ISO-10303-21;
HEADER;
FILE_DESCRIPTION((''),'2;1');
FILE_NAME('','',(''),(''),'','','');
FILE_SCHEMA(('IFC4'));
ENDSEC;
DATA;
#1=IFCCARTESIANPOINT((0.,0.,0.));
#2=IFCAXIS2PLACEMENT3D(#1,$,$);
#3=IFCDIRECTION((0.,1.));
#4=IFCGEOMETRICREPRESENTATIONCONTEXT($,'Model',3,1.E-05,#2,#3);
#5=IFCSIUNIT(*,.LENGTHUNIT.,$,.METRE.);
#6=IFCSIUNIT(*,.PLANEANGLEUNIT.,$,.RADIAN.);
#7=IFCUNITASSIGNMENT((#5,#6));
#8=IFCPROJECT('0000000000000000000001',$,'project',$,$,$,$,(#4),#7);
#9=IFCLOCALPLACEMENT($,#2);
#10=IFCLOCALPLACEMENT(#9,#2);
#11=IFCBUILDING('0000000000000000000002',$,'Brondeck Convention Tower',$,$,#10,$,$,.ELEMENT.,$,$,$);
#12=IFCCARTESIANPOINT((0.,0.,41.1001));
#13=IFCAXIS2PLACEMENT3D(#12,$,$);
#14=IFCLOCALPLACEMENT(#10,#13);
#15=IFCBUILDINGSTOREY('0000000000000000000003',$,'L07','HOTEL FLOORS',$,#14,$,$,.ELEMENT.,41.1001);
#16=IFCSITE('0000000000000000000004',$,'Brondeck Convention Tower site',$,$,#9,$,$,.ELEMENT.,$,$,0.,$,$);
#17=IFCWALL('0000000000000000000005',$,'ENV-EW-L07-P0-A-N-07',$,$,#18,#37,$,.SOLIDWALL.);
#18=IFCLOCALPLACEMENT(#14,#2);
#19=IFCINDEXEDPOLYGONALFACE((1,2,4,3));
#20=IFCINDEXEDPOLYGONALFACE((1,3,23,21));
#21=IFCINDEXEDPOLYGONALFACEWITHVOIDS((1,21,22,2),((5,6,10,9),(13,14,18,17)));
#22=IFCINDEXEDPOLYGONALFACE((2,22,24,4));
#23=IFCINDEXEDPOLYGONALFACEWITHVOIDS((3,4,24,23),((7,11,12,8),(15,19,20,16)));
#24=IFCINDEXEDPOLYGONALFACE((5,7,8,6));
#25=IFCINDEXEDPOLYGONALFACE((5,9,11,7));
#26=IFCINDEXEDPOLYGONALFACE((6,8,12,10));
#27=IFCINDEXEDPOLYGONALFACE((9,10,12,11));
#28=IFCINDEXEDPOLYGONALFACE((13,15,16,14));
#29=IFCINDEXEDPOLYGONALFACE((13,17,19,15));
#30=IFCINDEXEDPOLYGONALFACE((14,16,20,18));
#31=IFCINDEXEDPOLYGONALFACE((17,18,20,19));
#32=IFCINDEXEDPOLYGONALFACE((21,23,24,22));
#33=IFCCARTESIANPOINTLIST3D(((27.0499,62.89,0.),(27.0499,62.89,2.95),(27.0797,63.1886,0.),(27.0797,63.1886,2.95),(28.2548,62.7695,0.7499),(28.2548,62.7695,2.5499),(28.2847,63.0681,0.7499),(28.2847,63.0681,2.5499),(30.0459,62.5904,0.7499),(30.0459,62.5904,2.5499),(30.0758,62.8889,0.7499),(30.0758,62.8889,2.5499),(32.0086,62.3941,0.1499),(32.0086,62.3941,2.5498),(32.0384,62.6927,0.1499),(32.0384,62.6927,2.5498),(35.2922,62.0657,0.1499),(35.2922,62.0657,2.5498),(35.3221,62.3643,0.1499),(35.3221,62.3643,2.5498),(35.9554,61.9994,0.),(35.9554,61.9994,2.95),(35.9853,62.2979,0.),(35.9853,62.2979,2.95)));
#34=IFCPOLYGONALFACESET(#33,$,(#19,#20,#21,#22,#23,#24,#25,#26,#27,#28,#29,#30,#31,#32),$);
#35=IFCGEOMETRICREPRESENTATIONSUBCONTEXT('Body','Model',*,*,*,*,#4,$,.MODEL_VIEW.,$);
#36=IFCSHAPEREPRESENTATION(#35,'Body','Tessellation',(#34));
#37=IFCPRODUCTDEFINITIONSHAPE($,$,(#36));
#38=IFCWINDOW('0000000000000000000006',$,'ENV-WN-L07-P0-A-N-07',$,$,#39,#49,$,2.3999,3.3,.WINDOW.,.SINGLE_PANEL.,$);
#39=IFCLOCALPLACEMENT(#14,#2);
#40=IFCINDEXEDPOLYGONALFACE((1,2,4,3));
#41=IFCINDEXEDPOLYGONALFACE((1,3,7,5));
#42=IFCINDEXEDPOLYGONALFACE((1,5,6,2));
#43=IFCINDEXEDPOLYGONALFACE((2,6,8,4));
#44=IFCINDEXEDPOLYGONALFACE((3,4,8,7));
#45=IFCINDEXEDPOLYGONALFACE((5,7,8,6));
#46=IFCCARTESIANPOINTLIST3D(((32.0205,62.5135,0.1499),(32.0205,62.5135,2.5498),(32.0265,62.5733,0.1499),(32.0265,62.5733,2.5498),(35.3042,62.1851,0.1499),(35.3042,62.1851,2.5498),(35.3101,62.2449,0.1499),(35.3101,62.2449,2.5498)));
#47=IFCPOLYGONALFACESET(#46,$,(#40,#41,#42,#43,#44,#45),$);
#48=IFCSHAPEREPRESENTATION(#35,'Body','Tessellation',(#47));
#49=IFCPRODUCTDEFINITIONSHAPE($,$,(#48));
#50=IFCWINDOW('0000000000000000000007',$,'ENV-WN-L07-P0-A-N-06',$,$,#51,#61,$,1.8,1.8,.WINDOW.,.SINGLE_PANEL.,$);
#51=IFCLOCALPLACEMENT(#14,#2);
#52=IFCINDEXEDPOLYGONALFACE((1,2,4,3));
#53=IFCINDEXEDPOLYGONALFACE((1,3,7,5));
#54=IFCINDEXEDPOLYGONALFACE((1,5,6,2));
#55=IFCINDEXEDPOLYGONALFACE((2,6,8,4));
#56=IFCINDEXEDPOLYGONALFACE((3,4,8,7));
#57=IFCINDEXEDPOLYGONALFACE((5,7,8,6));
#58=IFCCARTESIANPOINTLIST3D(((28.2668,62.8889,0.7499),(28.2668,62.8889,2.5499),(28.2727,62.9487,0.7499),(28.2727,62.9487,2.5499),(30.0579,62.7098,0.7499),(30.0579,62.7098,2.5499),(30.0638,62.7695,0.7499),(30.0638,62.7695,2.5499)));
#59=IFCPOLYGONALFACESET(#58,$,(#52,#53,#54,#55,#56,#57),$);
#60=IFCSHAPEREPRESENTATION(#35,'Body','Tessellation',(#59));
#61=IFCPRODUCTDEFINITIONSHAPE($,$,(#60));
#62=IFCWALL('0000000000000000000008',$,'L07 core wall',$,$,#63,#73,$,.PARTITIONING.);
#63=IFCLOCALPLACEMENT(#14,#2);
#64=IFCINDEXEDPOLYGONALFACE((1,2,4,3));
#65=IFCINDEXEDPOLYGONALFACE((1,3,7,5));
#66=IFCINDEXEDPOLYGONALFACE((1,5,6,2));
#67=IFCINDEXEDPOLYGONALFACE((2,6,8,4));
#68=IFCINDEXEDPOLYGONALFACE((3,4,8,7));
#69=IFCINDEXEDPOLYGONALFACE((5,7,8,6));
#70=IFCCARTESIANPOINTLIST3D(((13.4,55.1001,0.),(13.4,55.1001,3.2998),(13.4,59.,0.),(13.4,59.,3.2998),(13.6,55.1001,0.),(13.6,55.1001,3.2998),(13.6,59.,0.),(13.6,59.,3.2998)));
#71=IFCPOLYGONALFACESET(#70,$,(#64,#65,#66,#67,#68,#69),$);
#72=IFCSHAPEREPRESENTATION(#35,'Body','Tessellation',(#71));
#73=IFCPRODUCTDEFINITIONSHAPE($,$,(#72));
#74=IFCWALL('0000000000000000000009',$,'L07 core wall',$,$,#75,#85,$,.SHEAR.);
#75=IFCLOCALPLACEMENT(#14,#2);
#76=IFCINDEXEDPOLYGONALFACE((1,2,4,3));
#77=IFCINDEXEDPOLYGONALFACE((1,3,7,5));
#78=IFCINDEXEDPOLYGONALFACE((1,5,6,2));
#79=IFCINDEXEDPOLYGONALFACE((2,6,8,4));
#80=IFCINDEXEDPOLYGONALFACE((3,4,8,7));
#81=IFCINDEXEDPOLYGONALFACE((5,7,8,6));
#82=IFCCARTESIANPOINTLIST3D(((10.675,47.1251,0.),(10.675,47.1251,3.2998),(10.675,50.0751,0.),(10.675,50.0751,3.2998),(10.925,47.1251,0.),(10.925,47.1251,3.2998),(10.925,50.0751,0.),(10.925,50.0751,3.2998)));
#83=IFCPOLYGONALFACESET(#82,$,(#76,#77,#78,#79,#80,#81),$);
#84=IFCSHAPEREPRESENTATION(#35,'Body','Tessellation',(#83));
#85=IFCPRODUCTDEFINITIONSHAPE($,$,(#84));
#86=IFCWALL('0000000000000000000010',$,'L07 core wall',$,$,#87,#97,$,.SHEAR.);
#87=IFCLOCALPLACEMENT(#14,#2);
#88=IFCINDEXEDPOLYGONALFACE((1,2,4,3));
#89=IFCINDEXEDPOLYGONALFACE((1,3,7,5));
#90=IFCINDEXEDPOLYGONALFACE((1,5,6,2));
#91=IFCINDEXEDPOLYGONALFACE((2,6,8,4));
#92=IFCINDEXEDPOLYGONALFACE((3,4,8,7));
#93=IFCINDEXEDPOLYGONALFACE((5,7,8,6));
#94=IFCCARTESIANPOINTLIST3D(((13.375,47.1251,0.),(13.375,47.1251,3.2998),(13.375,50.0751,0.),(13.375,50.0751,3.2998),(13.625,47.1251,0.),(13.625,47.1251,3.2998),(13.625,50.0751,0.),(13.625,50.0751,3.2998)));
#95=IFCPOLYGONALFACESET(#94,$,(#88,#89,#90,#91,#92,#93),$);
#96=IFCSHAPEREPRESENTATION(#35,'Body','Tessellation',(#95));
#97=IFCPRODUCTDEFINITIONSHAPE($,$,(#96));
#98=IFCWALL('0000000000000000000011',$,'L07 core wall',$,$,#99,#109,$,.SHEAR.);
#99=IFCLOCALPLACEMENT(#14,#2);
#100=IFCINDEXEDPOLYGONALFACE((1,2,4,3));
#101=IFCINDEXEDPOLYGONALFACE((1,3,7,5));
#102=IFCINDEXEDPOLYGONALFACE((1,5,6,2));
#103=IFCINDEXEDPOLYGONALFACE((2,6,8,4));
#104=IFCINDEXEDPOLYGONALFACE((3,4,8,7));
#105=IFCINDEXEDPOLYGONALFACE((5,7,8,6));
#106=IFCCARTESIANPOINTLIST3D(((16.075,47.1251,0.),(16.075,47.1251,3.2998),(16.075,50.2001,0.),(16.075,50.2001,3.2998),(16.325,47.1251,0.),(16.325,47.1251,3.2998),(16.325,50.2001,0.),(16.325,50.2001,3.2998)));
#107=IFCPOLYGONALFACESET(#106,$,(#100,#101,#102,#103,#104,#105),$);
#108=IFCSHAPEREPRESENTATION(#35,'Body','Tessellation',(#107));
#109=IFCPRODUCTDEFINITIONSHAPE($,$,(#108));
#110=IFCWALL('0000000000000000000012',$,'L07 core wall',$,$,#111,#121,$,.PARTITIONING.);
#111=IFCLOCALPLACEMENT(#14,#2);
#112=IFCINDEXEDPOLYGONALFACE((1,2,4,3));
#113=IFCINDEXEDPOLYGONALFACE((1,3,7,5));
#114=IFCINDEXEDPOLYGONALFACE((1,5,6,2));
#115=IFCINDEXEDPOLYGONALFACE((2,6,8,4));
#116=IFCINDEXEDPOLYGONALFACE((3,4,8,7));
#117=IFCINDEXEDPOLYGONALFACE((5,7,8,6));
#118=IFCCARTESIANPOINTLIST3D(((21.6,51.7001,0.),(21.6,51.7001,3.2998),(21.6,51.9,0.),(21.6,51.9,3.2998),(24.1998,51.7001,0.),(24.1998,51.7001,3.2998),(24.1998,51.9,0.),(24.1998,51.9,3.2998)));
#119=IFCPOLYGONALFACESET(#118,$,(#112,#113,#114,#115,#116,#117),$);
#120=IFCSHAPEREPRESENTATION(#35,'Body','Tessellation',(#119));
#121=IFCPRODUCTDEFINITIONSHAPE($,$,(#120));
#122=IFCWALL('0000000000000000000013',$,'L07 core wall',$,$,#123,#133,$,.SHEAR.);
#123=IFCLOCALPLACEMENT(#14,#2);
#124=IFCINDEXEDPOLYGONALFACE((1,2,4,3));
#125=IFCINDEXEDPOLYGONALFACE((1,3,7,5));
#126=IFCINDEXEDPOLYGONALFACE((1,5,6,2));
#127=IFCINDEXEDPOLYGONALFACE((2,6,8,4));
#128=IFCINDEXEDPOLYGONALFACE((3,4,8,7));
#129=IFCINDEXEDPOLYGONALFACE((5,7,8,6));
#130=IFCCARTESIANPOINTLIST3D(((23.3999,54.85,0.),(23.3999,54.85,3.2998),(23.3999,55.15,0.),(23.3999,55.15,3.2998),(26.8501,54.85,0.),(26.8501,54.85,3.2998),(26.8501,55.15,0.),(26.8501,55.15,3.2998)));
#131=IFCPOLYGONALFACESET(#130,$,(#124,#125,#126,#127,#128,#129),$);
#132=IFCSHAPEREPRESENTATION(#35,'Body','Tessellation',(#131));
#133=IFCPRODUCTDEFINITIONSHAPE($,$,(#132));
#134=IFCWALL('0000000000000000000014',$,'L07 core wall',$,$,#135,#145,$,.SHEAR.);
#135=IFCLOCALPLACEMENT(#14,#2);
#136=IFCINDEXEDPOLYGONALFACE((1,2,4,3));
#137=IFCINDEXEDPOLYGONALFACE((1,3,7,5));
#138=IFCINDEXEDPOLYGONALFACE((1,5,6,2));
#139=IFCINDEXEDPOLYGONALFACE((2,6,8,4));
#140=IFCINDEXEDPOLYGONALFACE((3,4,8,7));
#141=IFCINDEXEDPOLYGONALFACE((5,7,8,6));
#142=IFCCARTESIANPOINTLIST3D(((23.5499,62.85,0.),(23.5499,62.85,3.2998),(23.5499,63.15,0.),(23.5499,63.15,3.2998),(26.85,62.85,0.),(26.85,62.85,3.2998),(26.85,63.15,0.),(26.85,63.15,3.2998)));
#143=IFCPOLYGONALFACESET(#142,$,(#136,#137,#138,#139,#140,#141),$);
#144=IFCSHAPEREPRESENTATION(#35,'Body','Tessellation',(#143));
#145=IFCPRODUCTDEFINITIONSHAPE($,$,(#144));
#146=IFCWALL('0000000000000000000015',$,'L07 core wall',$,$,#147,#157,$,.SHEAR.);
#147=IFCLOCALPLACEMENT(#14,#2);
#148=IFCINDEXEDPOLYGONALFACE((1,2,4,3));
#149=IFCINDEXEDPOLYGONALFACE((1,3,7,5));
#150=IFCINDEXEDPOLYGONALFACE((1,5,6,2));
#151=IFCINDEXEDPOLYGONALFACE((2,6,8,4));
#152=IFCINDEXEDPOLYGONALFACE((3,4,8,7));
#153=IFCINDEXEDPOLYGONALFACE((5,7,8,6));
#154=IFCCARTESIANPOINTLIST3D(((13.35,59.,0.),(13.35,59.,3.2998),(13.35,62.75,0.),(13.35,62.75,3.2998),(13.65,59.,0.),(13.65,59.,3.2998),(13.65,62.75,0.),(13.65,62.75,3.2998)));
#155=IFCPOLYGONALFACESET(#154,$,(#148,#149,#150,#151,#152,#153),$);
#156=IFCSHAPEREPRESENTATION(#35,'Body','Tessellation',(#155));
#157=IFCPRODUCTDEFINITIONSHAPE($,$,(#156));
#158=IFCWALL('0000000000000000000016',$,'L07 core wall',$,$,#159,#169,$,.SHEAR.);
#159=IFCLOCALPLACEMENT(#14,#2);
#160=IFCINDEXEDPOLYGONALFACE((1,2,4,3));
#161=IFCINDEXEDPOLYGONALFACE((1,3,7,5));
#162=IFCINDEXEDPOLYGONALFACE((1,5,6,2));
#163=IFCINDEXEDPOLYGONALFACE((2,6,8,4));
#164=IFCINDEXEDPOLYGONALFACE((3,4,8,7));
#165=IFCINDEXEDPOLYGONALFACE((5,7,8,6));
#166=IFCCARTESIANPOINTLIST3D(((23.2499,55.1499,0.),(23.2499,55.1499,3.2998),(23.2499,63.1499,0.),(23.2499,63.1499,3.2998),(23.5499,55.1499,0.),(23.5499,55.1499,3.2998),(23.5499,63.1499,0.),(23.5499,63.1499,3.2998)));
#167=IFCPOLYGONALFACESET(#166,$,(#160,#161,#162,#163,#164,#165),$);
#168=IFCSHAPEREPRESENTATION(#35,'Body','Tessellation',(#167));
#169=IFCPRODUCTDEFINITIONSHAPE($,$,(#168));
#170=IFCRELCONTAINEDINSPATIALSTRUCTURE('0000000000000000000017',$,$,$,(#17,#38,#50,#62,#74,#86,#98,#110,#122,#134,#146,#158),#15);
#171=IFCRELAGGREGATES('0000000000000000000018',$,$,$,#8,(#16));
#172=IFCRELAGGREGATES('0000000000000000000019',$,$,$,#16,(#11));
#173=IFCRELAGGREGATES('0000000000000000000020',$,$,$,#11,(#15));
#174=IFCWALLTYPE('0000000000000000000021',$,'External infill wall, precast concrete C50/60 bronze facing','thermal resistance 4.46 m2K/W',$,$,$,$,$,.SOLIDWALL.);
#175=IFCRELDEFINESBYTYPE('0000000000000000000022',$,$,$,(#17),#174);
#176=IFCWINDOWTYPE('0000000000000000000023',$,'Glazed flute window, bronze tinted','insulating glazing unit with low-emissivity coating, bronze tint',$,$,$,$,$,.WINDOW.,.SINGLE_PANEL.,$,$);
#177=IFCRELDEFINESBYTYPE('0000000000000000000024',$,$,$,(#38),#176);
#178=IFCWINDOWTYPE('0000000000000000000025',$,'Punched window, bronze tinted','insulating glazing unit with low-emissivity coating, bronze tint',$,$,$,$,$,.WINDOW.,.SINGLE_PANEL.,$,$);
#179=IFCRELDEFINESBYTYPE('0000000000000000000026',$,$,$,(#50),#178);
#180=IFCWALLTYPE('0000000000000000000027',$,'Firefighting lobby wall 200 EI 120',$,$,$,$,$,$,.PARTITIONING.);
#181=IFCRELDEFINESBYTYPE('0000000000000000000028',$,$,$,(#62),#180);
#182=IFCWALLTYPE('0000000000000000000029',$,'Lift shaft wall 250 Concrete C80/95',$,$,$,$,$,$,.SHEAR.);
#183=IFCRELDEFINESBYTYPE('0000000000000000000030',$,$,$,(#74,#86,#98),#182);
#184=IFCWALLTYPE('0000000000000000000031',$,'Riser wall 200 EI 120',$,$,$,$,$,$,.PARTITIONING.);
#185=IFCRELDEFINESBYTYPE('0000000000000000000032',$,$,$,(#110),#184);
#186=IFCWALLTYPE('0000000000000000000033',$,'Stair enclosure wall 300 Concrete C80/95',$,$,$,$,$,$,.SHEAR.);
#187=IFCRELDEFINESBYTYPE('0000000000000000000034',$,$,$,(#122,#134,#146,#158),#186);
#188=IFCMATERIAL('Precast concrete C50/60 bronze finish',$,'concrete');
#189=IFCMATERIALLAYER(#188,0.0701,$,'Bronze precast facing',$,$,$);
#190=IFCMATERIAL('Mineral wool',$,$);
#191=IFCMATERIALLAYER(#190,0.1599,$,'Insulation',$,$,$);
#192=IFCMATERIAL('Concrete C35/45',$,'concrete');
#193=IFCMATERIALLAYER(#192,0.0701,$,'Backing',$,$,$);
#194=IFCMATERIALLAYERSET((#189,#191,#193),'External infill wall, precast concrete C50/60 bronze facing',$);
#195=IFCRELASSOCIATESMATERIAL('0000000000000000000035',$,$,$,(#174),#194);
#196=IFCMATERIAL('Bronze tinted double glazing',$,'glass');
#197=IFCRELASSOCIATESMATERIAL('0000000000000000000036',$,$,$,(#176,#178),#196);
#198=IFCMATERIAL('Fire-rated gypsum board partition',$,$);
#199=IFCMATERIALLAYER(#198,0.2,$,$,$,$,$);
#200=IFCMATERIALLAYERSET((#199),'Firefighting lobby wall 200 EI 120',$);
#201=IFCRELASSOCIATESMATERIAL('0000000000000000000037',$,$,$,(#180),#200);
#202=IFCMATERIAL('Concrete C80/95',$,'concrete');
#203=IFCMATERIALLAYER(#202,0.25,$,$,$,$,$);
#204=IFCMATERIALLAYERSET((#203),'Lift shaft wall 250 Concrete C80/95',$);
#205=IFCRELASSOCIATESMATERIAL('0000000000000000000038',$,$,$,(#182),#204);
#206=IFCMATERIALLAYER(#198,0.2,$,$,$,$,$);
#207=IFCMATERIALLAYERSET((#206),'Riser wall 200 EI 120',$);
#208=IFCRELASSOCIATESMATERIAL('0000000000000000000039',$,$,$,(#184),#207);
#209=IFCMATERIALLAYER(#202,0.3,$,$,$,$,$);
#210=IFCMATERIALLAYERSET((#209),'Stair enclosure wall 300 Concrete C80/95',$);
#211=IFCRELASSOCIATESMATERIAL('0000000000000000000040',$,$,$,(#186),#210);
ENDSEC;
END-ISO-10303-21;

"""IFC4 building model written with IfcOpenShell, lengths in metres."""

from ifc_helpers import new_model, si_unit, direction, frame, frame_2d, origin, place, context, subcontext, project, spatial, rectangle, extrude, material, layer, layer_set, type_object, element, fill, save


model = new_model("IFC4")

# Units and contexts
model_context = context("Model", 3, precision=1e-05, world=origin(), true_north=direction((0.0, 1.0)))
body_context = subcontext(model_context, "Body", "Model", "MODEL_VIEW")
ifc_project = project(units=[si_unit("LENGTHUNIT", "METRE"), si_unit("PLANEANGLEUNIT", "RADIAN")], contexts=[model_context])

# Site, building, storey
site_placement = place(None, origin())
site = spatial("IfcSite", under=ifc_project, at=site_placement, Name="Brondeck Convention Tower site", CompositionType="ELEMENT", RefElevation=0.0)
building_placement = place(site_placement, origin())
building = spatial("IfcBuilding", under=site, at=building_placement, Name="Brondeck Convention Tower", CompositionType="ELEMENT")
storey_placement = place(building_placement, frame((0.0, 0.0, 41.1001)))
storey = spatial("IfcBuildingStorey", under=building, at=storey_placement, Name="L07", Description="HOTEL FLOORS", CompositionType="ELEMENT", Elevation=41.1001)

# Shared definitions
ifc_material_1 = material(Name="Concrete C80/95", Category="concrete")

# Shared definitions
ifc_material_2 = material(Name="Fire-rated gypsum board partition")

# Wall, openings, windows
ifc_material_3 = material(Name="Precast concrete C50/60 bronze finish", Category="concrete")
ifc_layer_1 = layer(ifc_material_3, 0.0701, Name="Bronze precast facing")
ifc_material_4 = material(Name="Mineral wool")
ifc_layer_2 = layer(ifc_material_4, 0.1599, Name="Insulation")
ifc_material_5 = material(Name="Concrete C35/45", Category="concrete")
ifc_layer_3 = layer(ifc_material_5, 0.0701, Name="Backing")
ifc_layer_set_1 = layer_set([ifc_layer_1, ifc_layer_2, ifc_layer_3], Name="External infill wall, precast concrete C50/60 bronze facing")
wall_type_1 = type_object("IfcWallType", Name="External infill wall, precast concrete C50/60 bronze facing", Description="thermal resistance 4.46 m2K/W", PredefinedType="SOLIDWALL", material=ifc_layer_set_1)
wall_1_placement = place(storey_placement, frame((27.0647, 63.0393, 0.0), z_axis=(0.0, 0.0, 1.0), x_axis=(0.995036, -0.099512, 0.0)))
wall_1 = element("IfcWall", 1, at=wall_1_placement, inside=storey, type_object=wall_type_1, Name="ENV-EW-L07-P0-A-N-07", PredefinedType="SOLIDWALL", context=body_context, shape_type="SweptSolid", body=[
    extrude(rectangle(XDim=8.95, YDim=0.3, at=frame_2d((4.4751, 0.0))), origin(), (0.0, 0.0, 1.0), 2.95),
])
opening_1_placement = place(wall_1_placement, frame((1.2112, 0.0, 0.75)))
opening_1 = element("IfcOpeningElement", 2, at=opening_1_placement, cuts=wall_1, PredefinedType="OPENING", context=body_context, shape_type="SweptSolid", body=[
    extrude(rectangle(XDim=1.8, YDim=1.8, at=frame_2d((0.8999, 0.8999))), frame((0.0, 0.1599, 0.0), z_axis=(0.0, -1.0, 0.0), x_axis=(1.0, 0.0, 0.0)), (0.0, 0.0, 1.0), 0.3201),
])
opening_2_placement = place(wall_1_placement, frame((4.9836, 0.0, 0.1499)))
opening_2 = element("IfcOpeningElement", 3, at=opening_2_placement, cuts=wall_1, PredefinedType="OPENING", context=body_context, shape_type="SweptSolid", body=[
    extrude(rectangle(XDim=3.3, YDim=2.3999, at=frame_2d((1.6499, 1.2))), frame((0.0, 0.1599, 0.0), z_axis=(0.0, -1.0, 0.0), x_axis=(1.0, 0.0, 0.0)), (0.0, 0.0, 1.0), 0.3201),
])
ifc_material_6 = material(Name="Bronze tinted double glazing", Category="glass")
window_type_1 = type_object("IfcWindowType", Name="Glazed flute window, bronze tinted", Description="insulating glazing unit with low-emissivity coating, bronze tint", PartitioningType="SINGLE_PANEL", PredefinedType="WINDOW", material=ifc_material_6)
window_1_placement = place(opening_2_placement, origin())
window_1 = element("IfcWindow", 4, at=window_1_placement, inside=storey, type_object=window_type_1, Name="ENV-WN-L07-P0-A-N-07", OverallHeight=2.3999, OverallWidth=3.3, PartitioningType="SINGLE_PANEL", PredefinedType="WINDOW", context=body_context, shape_type="SweptSolid", body=[
    extrude(rectangle(XDim=3.3, YDim=2.3999, at=frame_2d((1.6499, 1.2))), frame((0.0, 0.03, 0.0), z_axis=(0.0, -1.0, 0.0), x_axis=(1.0, 0.0, 0.0)), (0.0, 0.0, 1.0), 0.0601),
])
fill(opening_2, window_1)
window_type_2 = type_object("IfcWindowType", Name="Punched window, bronze tinted", Description="insulating glazing unit with low-emissivity coating, bronze tint", PartitioningType="SINGLE_PANEL", PredefinedType="WINDOW", material=ifc_material_6)
window_2_placement = place(opening_1_placement, origin())
window_2 = element("IfcWindow", 5, at=window_2_placement, inside=storey, type_object=window_type_2, Name="ENV-WN-L07-P0-A-N-06", OverallHeight=1.8, OverallWidth=1.8, PartitioningType="SINGLE_PANEL", PredefinedType="WINDOW", context=body_context, shape_type="SweptSolid", body=[
    extrude(rectangle(XDim=1.8, YDim=1.8, at=frame_2d((0.8999, 0.8999))), frame((0.0, 0.03, 0.0), z_axis=(0.0, -1.0, 0.0), x_axis=(1.0, 0.0, 0.0)), (0.0, 0.0, 1.0), 0.0601),
])
fill(opening_1, window_2)

# Walls
ifc_layer_4 = layer(ifc_material_2, 0.2)
ifc_layer_set_2 = layer_set([ifc_layer_4], Name="Firefighting lobby wall 200 EI 120")
wall_type_2 = type_object("IfcWallType", Name="Firefighting lobby wall 200 EI 120", PredefinedType="PARTITIONING", material=ifc_layer_set_2)
wall_2_placement = place(storey_placement, frame((13.5, 55.1001, 0.0), z_axis=(0.0, 0.0, 1.0), x_axis=(0.0, 1.0, 0.0)))
element("IfcWall", 6, at=wall_2_placement, inside=storey, type_object=wall_type_2, Name="L07 core wall", PredefinedType="PARTITIONING", context=body_context, shape_type="SweptSolid", body=[
    extrude(rectangle(XDim=3.8999, YDim=0.2, at=frame_2d((1.95, 0.0))), origin(), (0.0, 0.0, 1.0), 3.2998),
])
ifc_layer_5 = layer(ifc_material_1, 0.25)
ifc_layer_set_3 = layer_set([ifc_layer_5], Name="Lift shaft wall 250 Concrete C80/95")
wall_type_3 = type_object("IfcWallType", Name="Lift shaft wall 250 Concrete C80/95", PredefinedType="SHEAR", material=ifc_layer_set_3)
for number, where, z_axis, x_axis, name in (
    (7, (10.8, 47.125, 0.0), (0.0, 0.0, 1.0), (0.0, 1.0, 0.0), "L07 core wall"),
    (8, (13.5, 47.125, 0.0), (0.0, 0.0, 1.0), (0.0, 1.0, 0.0), "L07 core wall"),
):
    element("IfcWall", number, at=place(storey_placement, frame(where, z_axis=z_axis, x_axis=x_axis)), inside=storey, type_object=wall_type_3, Name=name, PredefinedType="SHEAR", context=body_context, shape_type="SweptSolid", body=[
        extrude(rectangle(XDim=2.95, YDim=0.25, at=frame_2d((1.4751, 0.0))), origin(), (0.0, 0.0, 1.0), 3.2998),
    ])
wall_3_placement = place(storey_placement, frame((16.2, 47.125, 0.0), z_axis=(0.0, 0.0, 1.0), x_axis=(0.0, 1.0, 0.0)))
element("IfcWall", 9, at=wall_3_placement, inside=storey, type_object=wall_type_3, Name="L07 core wall", PredefinedType="SHEAR", context=body_context, shape_type="SweptSolid", body=[
    extrude(rectangle(XDim=3.075, YDim=0.25, at=frame_2d((1.5376, 0.0))), origin(), (0.0, 0.0, 1.0), 3.2998),
])
ifc_layer_6 = layer(ifc_material_2, 0.2)
ifc_layer_set_4 = layer_set([ifc_layer_6], Name="Riser wall 200 EI 120")
wall_type_4 = type_object("IfcWallType", Name="Riser wall 200 EI 120", PredefinedType="PARTITIONING", material=ifc_layer_set_4)
wall_4_placement = place(storey_placement, frame((21.6001, 51.8, 0.0), z_axis=(0.0, 0.0, 1.0), x_axis=(1.0, 0.0, 0.0)))
element("IfcWall", 10, at=wall_4_placement, inside=storey, type_object=wall_type_4, Name="L07 core wall", PredefinedType="PARTITIONING", context=body_context, shape_type="SweptSolid", body=[
    extrude(rectangle(XDim=2.5999, YDim=0.2, at=frame_2d((1.2998, 0.0))), origin(), (0.0, 0.0, 1.0), 3.2998),
])
ifc_layer_7 = layer(ifc_material_1, 0.3)
ifc_layer_set_5 = layer_set([ifc_layer_7], Name="Stair enclosure wall 300 Concrete C80/95")
wall_type_5 = type_object("IfcWallType", Name="Stair enclosure wall 300 Concrete C80/95", PredefinedType="SHEAR", material=ifc_layer_set_5)
wall_5_placement = place(storey_placement, frame((23.3999, 55.0, 0.0), z_axis=(0.0, 0.0, 1.0), x_axis=(1.0, 0.0, 0.0)))
element("IfcWall", 11, at=wall_5_placement, inside=storey, type_object=wall_type_5, Name="L07 core wall", PredefinedType="SHEAR", context=body_context, shape_type="SweptSolid", body=[
    extrude(rectangle(XDim=3.4502, YDim=0.3, at=frame_2d((1.7251, 0.0))), origin(), (0.0, 0.0, 1.0), 3.2998),
])
wall_6_placement = place(storey_placement, frame((23.55, 63.0, 0.0), z_axis=(0.0, 0.0, 1.0), x_axis=(1.0, 0.0, 0.0)))
element("IfcWall", 12, at=wall_6_placement, inside=storey, type_object=wall_type_5, Name="L07 core wall", PredefinedType="SHEAR", context=body_context, shape_type="SweptSolid", body=[
    extrude(rectangle(XDim=3.3, YDim=0.3, at=frame_2d((1.6499, 0.0))), origin(), (0.0, 0.0, 1.0), 3.2998),
])
wall_7_placement = place(storey_placement, frame((13.5, 59.0, 0.0), z_axis=(0.0, 0.0, 1.0), x_axis=(0.0, 1.0, 0.0)))
element("IfcWall", 13, at=wall_7_placement, inside=storey, type_object=wall_type_5, Name="L07 core wall", PredefinedType="SHEAR", context=body_context, shape_type="SweptSolid", body=[
    extrude(rectangle(XDim=3.75, YDim=0.3, at=frame_2d((1.875, 0.0))), origin(), (0.0, 0.0, 1.0), 3.2998),
])
wall_8_placement = place(storey_placement, frame((23.3999, 55.1499, 0.0), z_axis=(0.0, 0.0, 1.0), x_axis=(0.0, 1.0, 0.0)))
element("IfcWall", 14, at=wall_8_placement, inside=storey, type_object=wall_type_5, Name="L07 core wall", PredefinedType="SHEAR", context=body_context, shape_type="SweptSolid", body=[
    extrude(rectangle(XDim=8.0, YDim=0.3, at=frame_2d((4.0, 0.0))), origin(), (0.0, 0.0, 1.0), 3.2998),
])

save(model, "model.ifc")
